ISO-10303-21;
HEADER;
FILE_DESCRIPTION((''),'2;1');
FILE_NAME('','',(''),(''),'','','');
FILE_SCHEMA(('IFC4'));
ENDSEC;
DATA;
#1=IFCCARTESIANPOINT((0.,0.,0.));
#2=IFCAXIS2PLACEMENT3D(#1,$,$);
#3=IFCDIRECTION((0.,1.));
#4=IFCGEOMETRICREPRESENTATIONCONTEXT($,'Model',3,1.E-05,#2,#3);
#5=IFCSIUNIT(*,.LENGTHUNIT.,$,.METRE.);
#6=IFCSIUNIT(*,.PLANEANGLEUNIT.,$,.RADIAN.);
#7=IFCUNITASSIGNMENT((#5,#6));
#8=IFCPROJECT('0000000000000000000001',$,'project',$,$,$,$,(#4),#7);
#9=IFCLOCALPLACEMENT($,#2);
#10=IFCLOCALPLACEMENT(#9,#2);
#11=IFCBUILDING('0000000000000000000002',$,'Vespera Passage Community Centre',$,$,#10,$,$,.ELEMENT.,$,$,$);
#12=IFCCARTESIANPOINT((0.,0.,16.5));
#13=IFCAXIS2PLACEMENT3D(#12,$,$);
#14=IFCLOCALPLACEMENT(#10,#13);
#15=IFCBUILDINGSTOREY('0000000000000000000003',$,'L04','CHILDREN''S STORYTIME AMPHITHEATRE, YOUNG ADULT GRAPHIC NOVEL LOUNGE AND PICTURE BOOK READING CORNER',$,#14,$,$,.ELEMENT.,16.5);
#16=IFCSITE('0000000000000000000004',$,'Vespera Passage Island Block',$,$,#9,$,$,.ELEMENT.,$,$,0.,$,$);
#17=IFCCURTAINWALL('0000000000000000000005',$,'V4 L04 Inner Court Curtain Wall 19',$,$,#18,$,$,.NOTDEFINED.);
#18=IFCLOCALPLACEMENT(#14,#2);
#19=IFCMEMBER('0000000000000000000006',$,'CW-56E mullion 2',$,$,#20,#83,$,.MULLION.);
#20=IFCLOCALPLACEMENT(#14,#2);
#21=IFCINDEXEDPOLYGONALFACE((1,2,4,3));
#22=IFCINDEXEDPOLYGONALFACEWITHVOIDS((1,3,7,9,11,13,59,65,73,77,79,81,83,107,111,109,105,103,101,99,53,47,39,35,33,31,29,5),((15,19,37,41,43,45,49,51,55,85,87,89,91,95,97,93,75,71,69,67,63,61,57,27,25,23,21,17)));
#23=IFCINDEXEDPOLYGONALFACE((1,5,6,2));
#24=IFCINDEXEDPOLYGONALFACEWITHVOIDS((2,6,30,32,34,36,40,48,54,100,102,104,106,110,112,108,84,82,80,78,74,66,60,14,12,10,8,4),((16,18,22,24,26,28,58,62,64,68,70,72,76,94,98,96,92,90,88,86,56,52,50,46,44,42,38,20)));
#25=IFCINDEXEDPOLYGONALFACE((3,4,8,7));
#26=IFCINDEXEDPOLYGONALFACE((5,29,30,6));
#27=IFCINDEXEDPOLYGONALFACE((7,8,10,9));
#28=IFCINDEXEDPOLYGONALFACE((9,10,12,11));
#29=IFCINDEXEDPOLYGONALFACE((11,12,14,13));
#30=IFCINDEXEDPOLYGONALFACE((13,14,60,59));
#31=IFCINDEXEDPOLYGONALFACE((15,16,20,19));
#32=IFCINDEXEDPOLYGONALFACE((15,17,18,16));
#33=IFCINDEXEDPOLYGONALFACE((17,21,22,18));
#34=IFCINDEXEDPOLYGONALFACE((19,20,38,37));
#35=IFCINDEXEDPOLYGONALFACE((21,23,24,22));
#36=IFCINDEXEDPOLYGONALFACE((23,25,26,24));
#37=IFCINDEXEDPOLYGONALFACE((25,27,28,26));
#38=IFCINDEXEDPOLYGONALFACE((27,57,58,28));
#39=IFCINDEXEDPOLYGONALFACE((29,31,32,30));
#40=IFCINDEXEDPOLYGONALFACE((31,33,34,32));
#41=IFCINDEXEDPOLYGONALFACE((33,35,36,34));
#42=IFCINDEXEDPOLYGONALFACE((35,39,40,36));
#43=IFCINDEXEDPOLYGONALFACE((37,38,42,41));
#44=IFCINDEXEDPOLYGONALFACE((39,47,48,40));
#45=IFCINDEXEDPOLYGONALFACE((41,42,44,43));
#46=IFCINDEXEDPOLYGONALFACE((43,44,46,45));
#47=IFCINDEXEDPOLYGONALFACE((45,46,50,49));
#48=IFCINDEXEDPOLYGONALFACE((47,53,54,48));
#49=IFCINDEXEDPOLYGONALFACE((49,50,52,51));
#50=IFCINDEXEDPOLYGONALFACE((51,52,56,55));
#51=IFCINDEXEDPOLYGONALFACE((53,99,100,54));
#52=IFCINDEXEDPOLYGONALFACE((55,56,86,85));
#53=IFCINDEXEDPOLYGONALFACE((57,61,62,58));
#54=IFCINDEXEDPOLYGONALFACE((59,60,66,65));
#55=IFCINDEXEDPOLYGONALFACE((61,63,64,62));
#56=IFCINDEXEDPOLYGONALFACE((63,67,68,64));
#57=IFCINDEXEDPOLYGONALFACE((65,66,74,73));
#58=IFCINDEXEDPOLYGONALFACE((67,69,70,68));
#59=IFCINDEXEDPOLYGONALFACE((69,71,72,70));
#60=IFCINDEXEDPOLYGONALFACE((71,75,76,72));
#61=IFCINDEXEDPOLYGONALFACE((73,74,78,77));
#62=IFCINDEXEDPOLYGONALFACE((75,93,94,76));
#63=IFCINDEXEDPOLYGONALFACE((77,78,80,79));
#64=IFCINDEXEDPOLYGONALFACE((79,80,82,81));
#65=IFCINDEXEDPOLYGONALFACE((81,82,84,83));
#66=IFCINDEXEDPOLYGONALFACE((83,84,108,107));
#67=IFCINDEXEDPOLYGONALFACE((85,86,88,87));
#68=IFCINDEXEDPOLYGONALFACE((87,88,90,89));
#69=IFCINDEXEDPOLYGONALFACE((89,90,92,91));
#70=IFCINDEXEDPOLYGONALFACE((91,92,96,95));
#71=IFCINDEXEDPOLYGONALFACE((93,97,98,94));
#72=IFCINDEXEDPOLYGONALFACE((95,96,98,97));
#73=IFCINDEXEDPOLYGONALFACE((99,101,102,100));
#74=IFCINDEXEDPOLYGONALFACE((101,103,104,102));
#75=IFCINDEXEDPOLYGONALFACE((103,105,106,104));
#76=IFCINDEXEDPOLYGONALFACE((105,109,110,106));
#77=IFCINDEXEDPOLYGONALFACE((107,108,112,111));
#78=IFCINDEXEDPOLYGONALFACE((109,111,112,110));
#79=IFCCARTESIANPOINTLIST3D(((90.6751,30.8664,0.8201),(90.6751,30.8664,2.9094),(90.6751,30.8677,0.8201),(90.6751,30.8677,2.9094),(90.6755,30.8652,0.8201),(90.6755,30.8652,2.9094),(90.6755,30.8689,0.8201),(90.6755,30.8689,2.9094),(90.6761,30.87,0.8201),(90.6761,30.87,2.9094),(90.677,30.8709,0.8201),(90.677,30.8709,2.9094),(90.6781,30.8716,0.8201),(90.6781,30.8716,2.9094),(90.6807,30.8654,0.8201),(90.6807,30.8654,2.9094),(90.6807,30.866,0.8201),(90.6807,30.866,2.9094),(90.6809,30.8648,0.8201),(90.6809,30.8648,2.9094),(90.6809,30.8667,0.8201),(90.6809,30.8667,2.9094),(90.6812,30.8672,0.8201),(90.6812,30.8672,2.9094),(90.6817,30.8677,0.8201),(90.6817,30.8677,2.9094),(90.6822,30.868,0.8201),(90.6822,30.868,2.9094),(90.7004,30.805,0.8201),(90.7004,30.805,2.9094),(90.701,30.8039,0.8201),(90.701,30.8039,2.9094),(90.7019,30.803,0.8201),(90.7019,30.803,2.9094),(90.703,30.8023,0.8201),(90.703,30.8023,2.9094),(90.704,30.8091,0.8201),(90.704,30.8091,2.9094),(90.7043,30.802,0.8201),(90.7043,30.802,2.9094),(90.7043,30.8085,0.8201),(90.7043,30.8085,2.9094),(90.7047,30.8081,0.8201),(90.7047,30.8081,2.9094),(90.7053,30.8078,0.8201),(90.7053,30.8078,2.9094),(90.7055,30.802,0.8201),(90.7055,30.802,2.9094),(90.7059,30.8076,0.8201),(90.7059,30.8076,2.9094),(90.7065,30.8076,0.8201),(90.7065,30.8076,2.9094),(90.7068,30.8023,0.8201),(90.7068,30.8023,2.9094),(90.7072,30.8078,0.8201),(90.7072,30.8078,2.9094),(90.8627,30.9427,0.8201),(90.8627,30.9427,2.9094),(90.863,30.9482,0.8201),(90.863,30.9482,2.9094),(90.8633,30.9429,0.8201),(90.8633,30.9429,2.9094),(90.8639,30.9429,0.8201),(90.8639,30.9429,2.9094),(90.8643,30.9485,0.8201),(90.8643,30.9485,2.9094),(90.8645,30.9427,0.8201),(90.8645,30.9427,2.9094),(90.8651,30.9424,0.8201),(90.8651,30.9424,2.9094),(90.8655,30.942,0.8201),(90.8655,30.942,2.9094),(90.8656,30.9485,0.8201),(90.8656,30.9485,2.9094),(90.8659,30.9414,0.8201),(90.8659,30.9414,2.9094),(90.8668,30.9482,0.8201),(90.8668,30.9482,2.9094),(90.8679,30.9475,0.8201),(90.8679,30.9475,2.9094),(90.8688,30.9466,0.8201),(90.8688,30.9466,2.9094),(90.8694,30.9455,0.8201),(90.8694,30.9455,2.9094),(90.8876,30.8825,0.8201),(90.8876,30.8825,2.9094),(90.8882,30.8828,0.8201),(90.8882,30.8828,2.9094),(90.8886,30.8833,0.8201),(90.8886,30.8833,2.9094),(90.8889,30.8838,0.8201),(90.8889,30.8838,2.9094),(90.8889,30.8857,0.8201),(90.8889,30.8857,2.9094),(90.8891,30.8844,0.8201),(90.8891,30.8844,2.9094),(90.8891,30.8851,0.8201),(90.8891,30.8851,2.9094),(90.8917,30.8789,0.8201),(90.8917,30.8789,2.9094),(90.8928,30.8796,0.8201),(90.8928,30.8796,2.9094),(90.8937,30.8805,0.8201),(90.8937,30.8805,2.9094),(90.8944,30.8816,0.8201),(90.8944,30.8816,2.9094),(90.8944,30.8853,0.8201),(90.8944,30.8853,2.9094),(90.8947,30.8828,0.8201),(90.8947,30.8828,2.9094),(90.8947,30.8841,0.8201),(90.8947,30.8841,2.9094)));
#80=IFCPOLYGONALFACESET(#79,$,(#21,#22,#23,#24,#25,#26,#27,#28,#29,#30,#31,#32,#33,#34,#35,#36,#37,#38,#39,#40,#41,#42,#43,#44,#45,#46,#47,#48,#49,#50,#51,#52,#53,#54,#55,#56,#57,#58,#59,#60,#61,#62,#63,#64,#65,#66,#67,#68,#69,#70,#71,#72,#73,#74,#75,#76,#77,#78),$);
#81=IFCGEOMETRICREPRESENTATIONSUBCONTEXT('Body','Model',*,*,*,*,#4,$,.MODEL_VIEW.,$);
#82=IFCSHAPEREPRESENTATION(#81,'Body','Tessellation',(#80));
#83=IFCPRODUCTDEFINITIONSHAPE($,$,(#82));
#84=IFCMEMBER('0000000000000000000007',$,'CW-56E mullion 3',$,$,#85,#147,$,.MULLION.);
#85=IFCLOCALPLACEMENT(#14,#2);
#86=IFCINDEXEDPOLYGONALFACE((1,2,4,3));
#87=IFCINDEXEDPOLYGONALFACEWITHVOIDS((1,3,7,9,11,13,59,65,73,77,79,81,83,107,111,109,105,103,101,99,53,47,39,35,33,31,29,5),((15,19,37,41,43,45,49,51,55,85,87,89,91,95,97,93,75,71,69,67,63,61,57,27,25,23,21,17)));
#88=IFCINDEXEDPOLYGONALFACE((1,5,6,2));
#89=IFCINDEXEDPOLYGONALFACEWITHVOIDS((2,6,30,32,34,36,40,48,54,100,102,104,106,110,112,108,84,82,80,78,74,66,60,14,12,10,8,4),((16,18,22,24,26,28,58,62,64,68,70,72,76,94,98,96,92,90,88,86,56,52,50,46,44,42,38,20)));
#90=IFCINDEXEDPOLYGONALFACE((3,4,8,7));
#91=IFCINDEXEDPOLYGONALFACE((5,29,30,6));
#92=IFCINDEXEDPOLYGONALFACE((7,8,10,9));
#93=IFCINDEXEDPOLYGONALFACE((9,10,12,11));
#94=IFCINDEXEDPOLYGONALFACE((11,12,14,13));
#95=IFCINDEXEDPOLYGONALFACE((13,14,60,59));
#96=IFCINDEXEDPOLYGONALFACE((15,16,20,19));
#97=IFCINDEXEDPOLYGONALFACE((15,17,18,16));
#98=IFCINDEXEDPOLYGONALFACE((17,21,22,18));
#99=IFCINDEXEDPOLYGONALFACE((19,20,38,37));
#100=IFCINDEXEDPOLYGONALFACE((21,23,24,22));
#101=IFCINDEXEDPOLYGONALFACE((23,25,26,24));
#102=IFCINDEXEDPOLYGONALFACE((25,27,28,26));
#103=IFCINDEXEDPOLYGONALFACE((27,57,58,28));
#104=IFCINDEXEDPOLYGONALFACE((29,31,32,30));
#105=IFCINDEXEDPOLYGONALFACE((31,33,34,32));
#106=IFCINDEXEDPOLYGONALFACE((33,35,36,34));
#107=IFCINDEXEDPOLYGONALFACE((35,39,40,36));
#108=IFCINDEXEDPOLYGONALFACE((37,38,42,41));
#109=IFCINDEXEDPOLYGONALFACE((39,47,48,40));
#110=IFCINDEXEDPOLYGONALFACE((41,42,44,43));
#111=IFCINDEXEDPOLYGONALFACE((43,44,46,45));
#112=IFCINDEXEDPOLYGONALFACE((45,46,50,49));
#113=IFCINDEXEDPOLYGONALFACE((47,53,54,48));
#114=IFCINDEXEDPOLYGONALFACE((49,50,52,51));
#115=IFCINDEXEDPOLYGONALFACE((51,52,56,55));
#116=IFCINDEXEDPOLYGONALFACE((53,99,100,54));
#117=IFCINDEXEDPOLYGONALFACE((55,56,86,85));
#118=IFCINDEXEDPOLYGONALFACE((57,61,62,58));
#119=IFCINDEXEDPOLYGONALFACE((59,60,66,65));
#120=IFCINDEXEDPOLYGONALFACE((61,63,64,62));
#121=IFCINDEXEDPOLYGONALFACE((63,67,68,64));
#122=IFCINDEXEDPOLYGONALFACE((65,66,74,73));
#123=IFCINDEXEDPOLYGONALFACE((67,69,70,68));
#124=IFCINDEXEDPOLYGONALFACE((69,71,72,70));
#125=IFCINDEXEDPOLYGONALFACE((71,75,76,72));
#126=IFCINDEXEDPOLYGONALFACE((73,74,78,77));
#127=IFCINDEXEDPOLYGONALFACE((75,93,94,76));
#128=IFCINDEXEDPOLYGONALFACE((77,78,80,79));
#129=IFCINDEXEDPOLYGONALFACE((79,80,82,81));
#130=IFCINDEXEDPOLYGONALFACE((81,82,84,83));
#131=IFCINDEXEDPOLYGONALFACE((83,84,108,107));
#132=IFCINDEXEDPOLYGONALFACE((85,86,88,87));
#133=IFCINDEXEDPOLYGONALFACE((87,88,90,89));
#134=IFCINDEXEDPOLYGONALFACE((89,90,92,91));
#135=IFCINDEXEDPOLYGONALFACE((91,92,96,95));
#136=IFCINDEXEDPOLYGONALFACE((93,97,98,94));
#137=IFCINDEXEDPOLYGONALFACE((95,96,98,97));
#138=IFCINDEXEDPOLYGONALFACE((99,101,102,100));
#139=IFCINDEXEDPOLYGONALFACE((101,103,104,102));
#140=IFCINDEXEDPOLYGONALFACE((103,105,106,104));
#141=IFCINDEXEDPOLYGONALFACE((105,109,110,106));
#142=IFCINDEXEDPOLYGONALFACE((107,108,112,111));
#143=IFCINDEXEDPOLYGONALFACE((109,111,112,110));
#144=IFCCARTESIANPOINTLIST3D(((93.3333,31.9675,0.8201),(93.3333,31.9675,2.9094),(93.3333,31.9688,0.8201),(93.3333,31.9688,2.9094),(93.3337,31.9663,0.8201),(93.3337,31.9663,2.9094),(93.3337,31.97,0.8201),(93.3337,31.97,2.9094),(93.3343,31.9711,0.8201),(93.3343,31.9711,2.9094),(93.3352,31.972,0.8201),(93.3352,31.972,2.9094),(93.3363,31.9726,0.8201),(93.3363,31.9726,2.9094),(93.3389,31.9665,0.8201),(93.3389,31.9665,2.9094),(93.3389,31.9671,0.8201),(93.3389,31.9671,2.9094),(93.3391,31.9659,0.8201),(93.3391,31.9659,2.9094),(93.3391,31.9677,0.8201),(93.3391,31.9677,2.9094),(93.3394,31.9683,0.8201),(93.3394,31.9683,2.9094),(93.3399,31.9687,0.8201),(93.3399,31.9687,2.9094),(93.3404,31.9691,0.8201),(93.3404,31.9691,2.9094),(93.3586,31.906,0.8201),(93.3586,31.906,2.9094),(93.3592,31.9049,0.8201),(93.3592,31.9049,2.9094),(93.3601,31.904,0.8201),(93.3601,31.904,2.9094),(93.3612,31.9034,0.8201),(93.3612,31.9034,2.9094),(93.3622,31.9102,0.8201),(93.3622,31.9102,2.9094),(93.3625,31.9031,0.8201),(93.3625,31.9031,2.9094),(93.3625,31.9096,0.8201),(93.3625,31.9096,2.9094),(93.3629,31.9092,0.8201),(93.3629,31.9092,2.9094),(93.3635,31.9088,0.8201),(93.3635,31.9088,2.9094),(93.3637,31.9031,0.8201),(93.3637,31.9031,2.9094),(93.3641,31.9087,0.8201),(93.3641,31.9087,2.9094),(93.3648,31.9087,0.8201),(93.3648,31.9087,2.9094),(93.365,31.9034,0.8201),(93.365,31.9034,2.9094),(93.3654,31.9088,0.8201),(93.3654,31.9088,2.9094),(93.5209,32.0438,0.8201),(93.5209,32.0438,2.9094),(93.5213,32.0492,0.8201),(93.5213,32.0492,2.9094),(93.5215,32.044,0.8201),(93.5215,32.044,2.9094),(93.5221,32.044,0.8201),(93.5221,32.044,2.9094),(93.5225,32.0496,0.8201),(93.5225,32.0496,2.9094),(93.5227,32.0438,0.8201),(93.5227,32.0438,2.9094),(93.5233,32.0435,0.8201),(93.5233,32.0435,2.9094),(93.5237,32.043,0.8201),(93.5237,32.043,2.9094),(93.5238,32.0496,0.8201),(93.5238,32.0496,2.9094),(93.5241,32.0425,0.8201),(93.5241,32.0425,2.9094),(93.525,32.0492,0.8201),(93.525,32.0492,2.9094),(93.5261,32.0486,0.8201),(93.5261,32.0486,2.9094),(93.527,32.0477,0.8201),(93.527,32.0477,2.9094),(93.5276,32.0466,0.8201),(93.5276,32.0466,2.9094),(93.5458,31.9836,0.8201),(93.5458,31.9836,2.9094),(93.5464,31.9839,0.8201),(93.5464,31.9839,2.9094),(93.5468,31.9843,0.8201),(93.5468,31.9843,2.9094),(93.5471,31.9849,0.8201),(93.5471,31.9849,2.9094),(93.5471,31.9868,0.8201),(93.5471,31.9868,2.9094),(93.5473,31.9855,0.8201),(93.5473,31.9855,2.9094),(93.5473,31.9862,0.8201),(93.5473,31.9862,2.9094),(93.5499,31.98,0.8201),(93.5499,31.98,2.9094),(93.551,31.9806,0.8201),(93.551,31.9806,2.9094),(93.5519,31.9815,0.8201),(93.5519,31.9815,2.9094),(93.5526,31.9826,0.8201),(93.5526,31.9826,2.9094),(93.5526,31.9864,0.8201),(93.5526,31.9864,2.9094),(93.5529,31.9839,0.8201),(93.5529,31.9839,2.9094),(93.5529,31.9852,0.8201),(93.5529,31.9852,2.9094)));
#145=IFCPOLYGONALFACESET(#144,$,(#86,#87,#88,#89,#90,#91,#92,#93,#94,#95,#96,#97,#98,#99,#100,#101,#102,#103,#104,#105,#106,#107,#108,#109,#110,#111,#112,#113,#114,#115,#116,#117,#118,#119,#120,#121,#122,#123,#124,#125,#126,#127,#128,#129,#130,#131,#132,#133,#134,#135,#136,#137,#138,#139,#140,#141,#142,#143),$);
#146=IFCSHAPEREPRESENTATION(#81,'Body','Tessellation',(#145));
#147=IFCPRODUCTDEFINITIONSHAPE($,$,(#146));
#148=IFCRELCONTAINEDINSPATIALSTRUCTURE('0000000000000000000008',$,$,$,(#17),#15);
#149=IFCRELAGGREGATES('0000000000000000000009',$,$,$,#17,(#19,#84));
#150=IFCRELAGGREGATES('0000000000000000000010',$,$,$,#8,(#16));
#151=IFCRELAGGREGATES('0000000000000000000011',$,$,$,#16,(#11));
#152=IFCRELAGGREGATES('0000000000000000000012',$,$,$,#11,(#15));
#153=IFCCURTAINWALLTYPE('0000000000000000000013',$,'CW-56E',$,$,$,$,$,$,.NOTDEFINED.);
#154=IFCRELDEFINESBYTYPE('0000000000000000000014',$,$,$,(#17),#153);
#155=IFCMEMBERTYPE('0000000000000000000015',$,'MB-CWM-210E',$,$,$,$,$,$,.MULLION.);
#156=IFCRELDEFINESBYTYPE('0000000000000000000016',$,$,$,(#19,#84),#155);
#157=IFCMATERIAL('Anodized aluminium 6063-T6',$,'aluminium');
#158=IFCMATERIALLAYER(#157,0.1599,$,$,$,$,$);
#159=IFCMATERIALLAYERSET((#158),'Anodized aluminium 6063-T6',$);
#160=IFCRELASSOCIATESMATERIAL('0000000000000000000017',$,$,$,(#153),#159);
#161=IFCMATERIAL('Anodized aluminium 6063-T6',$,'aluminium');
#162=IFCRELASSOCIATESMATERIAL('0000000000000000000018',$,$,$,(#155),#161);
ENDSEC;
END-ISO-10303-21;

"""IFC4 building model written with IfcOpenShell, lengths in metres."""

from ifc_helpers import new_model, si_unit, direction, frame, origin, origin_2d, place, context, subcontext, project, spatial, hollow_rectangle, extrude, material, layer, layer_set, material_profile, profile_set, type_object, element, aggregate, save


model = new_model("IFC4")

# Units and contexts
model_context = context("Model", 3, precision=1e-05, world=origin(), true_north=direction((0.0, 1.0)))
body_context = subcontext(model_context, "Body", "Model", "MODEL_VIEW")
ifc_project = project(units=[si_unit("LENGTHUNIT", "METRE"), si_unit("PLANEANGLEUNIT", "RADIAN")], contexts=[model_context])

# Site, building, storey
site_placement = place(None, origin())
site = spatial("IfcSite", under=ifc_project, at=site_placement, Name="Vespera Passage Island Block", CompositionType="ELEMENT", RefElevation=0.0)
building_placement = place(site_placement, origin())
building = spatial("IfcBuilding", under=site, at=building_placement, Name="Vespera Passage Community Centre", CompositionType="ELEMENT")
storey_placement = place(building_placement, frame((0.0, 0.0, 16.5)))
storey = spatial("IfcBuildingStorey", under=building, at=storey_placement, Name="L04", Description="CHILDREN'S STORYTIME AMPHITHEATRE, YOUNG ADULT GRAPHIC NOVEL LOUNGE AND PICTURE BOOK READING CORNER", CompositionType="ELEMENT", Elevation=16.5)

# Curtain wall, members
ifc_material_1 = material(Name="Anodized aluminium 6063-T6", Category="aluminium")
ifc_layer_1 = layer(ifc_material_1, 0.1599)
ifc_layer_set_1 = layer_set([ifc_layer_1], Name="Anodized aluminium 6063-T6")
curtain_wall_type = type_object("IfcCurtainWallType", Name="CW-56E", PredefinedType="NOTDEFINED", material=ifc_layer_set_1)
ifc_material_2 = material(Name="Anodized aluminium 6063-T6", Category="aluminium")
ifc_material_profile_1 = material_profile(ifc_material_2, hollow_rectangle(XDim=0.075, YDim=0.21, WallThickness=0.0049, InnerFilletRadius=0.0024, OuterFilletRadius=0.0049, at=origin_2d()), Name="ALU210X75X5")
ifc_profile_set_1 = profile_set([ifc_material_profile_1], Name="Anodized aluminium 6063-T6")
member_type_1 = type_object("IfcMemberType", Name="MB-CWM-210E", PredefinedType="MULLION", material=ifc_profile_set_1)
curtain_wall_1_placement = place(storey_placement, origin())
curtain_wall_1 = element("IfcCurtainWall", 1, at=curtain_wall_1_placement, inside=storey, type_object=curtain_wall_type, Name="V4 L04 Inner Court Curtain Wall 19", PredefinedType="NOTDEFINED")
member_1_placement = place(storey_placement, frame((90.7849, 30.8752, 0.8201), z_axis=(0.0, 0.0, 1.0), x_axis=(-0.38269, 0.923877, 0.0)))
member_1 = element("IfcMember", 2, at=member_1_placement, type_object=member_type_1, Name="CW-56E mullion 2", PredefinedType="MULLION", context=body_context, shape_type="SweptSolid", body=[
    extrude(hollow_rectangle(XDim=0.075, YDim=0.21, WallThickness=0.0049, InnerFilletRadius=0.0024, OuterFilletRadius=0.0049, at=origin_2d()), origin(), (0.0, 0.0, 1.0), 2.0894),
])
member_2_placement = place(storey_placement, frame((93.4431, 31.9763, 0.8201), z_axis=(0.0, 0.0, 1.0), x_axis=(-0.38269, 0.923877, 0.0)))
member_2 = element("IfcMember", 3, at=member_2_placement, type_object=member_type_1, Name="CW-56E mullion 3", PredefinedType="MULLION", context=body_context, shape_type="SweptSolid", body=[
    extrude(hollow_rectangle(XDim=0.075, YDim=0.21, WallThickness=0.0049, InnerFilletRadius=0.0024, OuterFilletRadius=0.0049, at=origin_2d()), origin(), (0.0, 0.0, 1.0), 2.0894),
])

aggregate(curtain_wall_1, [member_1, member_2])

save(model, "model.ifc")
